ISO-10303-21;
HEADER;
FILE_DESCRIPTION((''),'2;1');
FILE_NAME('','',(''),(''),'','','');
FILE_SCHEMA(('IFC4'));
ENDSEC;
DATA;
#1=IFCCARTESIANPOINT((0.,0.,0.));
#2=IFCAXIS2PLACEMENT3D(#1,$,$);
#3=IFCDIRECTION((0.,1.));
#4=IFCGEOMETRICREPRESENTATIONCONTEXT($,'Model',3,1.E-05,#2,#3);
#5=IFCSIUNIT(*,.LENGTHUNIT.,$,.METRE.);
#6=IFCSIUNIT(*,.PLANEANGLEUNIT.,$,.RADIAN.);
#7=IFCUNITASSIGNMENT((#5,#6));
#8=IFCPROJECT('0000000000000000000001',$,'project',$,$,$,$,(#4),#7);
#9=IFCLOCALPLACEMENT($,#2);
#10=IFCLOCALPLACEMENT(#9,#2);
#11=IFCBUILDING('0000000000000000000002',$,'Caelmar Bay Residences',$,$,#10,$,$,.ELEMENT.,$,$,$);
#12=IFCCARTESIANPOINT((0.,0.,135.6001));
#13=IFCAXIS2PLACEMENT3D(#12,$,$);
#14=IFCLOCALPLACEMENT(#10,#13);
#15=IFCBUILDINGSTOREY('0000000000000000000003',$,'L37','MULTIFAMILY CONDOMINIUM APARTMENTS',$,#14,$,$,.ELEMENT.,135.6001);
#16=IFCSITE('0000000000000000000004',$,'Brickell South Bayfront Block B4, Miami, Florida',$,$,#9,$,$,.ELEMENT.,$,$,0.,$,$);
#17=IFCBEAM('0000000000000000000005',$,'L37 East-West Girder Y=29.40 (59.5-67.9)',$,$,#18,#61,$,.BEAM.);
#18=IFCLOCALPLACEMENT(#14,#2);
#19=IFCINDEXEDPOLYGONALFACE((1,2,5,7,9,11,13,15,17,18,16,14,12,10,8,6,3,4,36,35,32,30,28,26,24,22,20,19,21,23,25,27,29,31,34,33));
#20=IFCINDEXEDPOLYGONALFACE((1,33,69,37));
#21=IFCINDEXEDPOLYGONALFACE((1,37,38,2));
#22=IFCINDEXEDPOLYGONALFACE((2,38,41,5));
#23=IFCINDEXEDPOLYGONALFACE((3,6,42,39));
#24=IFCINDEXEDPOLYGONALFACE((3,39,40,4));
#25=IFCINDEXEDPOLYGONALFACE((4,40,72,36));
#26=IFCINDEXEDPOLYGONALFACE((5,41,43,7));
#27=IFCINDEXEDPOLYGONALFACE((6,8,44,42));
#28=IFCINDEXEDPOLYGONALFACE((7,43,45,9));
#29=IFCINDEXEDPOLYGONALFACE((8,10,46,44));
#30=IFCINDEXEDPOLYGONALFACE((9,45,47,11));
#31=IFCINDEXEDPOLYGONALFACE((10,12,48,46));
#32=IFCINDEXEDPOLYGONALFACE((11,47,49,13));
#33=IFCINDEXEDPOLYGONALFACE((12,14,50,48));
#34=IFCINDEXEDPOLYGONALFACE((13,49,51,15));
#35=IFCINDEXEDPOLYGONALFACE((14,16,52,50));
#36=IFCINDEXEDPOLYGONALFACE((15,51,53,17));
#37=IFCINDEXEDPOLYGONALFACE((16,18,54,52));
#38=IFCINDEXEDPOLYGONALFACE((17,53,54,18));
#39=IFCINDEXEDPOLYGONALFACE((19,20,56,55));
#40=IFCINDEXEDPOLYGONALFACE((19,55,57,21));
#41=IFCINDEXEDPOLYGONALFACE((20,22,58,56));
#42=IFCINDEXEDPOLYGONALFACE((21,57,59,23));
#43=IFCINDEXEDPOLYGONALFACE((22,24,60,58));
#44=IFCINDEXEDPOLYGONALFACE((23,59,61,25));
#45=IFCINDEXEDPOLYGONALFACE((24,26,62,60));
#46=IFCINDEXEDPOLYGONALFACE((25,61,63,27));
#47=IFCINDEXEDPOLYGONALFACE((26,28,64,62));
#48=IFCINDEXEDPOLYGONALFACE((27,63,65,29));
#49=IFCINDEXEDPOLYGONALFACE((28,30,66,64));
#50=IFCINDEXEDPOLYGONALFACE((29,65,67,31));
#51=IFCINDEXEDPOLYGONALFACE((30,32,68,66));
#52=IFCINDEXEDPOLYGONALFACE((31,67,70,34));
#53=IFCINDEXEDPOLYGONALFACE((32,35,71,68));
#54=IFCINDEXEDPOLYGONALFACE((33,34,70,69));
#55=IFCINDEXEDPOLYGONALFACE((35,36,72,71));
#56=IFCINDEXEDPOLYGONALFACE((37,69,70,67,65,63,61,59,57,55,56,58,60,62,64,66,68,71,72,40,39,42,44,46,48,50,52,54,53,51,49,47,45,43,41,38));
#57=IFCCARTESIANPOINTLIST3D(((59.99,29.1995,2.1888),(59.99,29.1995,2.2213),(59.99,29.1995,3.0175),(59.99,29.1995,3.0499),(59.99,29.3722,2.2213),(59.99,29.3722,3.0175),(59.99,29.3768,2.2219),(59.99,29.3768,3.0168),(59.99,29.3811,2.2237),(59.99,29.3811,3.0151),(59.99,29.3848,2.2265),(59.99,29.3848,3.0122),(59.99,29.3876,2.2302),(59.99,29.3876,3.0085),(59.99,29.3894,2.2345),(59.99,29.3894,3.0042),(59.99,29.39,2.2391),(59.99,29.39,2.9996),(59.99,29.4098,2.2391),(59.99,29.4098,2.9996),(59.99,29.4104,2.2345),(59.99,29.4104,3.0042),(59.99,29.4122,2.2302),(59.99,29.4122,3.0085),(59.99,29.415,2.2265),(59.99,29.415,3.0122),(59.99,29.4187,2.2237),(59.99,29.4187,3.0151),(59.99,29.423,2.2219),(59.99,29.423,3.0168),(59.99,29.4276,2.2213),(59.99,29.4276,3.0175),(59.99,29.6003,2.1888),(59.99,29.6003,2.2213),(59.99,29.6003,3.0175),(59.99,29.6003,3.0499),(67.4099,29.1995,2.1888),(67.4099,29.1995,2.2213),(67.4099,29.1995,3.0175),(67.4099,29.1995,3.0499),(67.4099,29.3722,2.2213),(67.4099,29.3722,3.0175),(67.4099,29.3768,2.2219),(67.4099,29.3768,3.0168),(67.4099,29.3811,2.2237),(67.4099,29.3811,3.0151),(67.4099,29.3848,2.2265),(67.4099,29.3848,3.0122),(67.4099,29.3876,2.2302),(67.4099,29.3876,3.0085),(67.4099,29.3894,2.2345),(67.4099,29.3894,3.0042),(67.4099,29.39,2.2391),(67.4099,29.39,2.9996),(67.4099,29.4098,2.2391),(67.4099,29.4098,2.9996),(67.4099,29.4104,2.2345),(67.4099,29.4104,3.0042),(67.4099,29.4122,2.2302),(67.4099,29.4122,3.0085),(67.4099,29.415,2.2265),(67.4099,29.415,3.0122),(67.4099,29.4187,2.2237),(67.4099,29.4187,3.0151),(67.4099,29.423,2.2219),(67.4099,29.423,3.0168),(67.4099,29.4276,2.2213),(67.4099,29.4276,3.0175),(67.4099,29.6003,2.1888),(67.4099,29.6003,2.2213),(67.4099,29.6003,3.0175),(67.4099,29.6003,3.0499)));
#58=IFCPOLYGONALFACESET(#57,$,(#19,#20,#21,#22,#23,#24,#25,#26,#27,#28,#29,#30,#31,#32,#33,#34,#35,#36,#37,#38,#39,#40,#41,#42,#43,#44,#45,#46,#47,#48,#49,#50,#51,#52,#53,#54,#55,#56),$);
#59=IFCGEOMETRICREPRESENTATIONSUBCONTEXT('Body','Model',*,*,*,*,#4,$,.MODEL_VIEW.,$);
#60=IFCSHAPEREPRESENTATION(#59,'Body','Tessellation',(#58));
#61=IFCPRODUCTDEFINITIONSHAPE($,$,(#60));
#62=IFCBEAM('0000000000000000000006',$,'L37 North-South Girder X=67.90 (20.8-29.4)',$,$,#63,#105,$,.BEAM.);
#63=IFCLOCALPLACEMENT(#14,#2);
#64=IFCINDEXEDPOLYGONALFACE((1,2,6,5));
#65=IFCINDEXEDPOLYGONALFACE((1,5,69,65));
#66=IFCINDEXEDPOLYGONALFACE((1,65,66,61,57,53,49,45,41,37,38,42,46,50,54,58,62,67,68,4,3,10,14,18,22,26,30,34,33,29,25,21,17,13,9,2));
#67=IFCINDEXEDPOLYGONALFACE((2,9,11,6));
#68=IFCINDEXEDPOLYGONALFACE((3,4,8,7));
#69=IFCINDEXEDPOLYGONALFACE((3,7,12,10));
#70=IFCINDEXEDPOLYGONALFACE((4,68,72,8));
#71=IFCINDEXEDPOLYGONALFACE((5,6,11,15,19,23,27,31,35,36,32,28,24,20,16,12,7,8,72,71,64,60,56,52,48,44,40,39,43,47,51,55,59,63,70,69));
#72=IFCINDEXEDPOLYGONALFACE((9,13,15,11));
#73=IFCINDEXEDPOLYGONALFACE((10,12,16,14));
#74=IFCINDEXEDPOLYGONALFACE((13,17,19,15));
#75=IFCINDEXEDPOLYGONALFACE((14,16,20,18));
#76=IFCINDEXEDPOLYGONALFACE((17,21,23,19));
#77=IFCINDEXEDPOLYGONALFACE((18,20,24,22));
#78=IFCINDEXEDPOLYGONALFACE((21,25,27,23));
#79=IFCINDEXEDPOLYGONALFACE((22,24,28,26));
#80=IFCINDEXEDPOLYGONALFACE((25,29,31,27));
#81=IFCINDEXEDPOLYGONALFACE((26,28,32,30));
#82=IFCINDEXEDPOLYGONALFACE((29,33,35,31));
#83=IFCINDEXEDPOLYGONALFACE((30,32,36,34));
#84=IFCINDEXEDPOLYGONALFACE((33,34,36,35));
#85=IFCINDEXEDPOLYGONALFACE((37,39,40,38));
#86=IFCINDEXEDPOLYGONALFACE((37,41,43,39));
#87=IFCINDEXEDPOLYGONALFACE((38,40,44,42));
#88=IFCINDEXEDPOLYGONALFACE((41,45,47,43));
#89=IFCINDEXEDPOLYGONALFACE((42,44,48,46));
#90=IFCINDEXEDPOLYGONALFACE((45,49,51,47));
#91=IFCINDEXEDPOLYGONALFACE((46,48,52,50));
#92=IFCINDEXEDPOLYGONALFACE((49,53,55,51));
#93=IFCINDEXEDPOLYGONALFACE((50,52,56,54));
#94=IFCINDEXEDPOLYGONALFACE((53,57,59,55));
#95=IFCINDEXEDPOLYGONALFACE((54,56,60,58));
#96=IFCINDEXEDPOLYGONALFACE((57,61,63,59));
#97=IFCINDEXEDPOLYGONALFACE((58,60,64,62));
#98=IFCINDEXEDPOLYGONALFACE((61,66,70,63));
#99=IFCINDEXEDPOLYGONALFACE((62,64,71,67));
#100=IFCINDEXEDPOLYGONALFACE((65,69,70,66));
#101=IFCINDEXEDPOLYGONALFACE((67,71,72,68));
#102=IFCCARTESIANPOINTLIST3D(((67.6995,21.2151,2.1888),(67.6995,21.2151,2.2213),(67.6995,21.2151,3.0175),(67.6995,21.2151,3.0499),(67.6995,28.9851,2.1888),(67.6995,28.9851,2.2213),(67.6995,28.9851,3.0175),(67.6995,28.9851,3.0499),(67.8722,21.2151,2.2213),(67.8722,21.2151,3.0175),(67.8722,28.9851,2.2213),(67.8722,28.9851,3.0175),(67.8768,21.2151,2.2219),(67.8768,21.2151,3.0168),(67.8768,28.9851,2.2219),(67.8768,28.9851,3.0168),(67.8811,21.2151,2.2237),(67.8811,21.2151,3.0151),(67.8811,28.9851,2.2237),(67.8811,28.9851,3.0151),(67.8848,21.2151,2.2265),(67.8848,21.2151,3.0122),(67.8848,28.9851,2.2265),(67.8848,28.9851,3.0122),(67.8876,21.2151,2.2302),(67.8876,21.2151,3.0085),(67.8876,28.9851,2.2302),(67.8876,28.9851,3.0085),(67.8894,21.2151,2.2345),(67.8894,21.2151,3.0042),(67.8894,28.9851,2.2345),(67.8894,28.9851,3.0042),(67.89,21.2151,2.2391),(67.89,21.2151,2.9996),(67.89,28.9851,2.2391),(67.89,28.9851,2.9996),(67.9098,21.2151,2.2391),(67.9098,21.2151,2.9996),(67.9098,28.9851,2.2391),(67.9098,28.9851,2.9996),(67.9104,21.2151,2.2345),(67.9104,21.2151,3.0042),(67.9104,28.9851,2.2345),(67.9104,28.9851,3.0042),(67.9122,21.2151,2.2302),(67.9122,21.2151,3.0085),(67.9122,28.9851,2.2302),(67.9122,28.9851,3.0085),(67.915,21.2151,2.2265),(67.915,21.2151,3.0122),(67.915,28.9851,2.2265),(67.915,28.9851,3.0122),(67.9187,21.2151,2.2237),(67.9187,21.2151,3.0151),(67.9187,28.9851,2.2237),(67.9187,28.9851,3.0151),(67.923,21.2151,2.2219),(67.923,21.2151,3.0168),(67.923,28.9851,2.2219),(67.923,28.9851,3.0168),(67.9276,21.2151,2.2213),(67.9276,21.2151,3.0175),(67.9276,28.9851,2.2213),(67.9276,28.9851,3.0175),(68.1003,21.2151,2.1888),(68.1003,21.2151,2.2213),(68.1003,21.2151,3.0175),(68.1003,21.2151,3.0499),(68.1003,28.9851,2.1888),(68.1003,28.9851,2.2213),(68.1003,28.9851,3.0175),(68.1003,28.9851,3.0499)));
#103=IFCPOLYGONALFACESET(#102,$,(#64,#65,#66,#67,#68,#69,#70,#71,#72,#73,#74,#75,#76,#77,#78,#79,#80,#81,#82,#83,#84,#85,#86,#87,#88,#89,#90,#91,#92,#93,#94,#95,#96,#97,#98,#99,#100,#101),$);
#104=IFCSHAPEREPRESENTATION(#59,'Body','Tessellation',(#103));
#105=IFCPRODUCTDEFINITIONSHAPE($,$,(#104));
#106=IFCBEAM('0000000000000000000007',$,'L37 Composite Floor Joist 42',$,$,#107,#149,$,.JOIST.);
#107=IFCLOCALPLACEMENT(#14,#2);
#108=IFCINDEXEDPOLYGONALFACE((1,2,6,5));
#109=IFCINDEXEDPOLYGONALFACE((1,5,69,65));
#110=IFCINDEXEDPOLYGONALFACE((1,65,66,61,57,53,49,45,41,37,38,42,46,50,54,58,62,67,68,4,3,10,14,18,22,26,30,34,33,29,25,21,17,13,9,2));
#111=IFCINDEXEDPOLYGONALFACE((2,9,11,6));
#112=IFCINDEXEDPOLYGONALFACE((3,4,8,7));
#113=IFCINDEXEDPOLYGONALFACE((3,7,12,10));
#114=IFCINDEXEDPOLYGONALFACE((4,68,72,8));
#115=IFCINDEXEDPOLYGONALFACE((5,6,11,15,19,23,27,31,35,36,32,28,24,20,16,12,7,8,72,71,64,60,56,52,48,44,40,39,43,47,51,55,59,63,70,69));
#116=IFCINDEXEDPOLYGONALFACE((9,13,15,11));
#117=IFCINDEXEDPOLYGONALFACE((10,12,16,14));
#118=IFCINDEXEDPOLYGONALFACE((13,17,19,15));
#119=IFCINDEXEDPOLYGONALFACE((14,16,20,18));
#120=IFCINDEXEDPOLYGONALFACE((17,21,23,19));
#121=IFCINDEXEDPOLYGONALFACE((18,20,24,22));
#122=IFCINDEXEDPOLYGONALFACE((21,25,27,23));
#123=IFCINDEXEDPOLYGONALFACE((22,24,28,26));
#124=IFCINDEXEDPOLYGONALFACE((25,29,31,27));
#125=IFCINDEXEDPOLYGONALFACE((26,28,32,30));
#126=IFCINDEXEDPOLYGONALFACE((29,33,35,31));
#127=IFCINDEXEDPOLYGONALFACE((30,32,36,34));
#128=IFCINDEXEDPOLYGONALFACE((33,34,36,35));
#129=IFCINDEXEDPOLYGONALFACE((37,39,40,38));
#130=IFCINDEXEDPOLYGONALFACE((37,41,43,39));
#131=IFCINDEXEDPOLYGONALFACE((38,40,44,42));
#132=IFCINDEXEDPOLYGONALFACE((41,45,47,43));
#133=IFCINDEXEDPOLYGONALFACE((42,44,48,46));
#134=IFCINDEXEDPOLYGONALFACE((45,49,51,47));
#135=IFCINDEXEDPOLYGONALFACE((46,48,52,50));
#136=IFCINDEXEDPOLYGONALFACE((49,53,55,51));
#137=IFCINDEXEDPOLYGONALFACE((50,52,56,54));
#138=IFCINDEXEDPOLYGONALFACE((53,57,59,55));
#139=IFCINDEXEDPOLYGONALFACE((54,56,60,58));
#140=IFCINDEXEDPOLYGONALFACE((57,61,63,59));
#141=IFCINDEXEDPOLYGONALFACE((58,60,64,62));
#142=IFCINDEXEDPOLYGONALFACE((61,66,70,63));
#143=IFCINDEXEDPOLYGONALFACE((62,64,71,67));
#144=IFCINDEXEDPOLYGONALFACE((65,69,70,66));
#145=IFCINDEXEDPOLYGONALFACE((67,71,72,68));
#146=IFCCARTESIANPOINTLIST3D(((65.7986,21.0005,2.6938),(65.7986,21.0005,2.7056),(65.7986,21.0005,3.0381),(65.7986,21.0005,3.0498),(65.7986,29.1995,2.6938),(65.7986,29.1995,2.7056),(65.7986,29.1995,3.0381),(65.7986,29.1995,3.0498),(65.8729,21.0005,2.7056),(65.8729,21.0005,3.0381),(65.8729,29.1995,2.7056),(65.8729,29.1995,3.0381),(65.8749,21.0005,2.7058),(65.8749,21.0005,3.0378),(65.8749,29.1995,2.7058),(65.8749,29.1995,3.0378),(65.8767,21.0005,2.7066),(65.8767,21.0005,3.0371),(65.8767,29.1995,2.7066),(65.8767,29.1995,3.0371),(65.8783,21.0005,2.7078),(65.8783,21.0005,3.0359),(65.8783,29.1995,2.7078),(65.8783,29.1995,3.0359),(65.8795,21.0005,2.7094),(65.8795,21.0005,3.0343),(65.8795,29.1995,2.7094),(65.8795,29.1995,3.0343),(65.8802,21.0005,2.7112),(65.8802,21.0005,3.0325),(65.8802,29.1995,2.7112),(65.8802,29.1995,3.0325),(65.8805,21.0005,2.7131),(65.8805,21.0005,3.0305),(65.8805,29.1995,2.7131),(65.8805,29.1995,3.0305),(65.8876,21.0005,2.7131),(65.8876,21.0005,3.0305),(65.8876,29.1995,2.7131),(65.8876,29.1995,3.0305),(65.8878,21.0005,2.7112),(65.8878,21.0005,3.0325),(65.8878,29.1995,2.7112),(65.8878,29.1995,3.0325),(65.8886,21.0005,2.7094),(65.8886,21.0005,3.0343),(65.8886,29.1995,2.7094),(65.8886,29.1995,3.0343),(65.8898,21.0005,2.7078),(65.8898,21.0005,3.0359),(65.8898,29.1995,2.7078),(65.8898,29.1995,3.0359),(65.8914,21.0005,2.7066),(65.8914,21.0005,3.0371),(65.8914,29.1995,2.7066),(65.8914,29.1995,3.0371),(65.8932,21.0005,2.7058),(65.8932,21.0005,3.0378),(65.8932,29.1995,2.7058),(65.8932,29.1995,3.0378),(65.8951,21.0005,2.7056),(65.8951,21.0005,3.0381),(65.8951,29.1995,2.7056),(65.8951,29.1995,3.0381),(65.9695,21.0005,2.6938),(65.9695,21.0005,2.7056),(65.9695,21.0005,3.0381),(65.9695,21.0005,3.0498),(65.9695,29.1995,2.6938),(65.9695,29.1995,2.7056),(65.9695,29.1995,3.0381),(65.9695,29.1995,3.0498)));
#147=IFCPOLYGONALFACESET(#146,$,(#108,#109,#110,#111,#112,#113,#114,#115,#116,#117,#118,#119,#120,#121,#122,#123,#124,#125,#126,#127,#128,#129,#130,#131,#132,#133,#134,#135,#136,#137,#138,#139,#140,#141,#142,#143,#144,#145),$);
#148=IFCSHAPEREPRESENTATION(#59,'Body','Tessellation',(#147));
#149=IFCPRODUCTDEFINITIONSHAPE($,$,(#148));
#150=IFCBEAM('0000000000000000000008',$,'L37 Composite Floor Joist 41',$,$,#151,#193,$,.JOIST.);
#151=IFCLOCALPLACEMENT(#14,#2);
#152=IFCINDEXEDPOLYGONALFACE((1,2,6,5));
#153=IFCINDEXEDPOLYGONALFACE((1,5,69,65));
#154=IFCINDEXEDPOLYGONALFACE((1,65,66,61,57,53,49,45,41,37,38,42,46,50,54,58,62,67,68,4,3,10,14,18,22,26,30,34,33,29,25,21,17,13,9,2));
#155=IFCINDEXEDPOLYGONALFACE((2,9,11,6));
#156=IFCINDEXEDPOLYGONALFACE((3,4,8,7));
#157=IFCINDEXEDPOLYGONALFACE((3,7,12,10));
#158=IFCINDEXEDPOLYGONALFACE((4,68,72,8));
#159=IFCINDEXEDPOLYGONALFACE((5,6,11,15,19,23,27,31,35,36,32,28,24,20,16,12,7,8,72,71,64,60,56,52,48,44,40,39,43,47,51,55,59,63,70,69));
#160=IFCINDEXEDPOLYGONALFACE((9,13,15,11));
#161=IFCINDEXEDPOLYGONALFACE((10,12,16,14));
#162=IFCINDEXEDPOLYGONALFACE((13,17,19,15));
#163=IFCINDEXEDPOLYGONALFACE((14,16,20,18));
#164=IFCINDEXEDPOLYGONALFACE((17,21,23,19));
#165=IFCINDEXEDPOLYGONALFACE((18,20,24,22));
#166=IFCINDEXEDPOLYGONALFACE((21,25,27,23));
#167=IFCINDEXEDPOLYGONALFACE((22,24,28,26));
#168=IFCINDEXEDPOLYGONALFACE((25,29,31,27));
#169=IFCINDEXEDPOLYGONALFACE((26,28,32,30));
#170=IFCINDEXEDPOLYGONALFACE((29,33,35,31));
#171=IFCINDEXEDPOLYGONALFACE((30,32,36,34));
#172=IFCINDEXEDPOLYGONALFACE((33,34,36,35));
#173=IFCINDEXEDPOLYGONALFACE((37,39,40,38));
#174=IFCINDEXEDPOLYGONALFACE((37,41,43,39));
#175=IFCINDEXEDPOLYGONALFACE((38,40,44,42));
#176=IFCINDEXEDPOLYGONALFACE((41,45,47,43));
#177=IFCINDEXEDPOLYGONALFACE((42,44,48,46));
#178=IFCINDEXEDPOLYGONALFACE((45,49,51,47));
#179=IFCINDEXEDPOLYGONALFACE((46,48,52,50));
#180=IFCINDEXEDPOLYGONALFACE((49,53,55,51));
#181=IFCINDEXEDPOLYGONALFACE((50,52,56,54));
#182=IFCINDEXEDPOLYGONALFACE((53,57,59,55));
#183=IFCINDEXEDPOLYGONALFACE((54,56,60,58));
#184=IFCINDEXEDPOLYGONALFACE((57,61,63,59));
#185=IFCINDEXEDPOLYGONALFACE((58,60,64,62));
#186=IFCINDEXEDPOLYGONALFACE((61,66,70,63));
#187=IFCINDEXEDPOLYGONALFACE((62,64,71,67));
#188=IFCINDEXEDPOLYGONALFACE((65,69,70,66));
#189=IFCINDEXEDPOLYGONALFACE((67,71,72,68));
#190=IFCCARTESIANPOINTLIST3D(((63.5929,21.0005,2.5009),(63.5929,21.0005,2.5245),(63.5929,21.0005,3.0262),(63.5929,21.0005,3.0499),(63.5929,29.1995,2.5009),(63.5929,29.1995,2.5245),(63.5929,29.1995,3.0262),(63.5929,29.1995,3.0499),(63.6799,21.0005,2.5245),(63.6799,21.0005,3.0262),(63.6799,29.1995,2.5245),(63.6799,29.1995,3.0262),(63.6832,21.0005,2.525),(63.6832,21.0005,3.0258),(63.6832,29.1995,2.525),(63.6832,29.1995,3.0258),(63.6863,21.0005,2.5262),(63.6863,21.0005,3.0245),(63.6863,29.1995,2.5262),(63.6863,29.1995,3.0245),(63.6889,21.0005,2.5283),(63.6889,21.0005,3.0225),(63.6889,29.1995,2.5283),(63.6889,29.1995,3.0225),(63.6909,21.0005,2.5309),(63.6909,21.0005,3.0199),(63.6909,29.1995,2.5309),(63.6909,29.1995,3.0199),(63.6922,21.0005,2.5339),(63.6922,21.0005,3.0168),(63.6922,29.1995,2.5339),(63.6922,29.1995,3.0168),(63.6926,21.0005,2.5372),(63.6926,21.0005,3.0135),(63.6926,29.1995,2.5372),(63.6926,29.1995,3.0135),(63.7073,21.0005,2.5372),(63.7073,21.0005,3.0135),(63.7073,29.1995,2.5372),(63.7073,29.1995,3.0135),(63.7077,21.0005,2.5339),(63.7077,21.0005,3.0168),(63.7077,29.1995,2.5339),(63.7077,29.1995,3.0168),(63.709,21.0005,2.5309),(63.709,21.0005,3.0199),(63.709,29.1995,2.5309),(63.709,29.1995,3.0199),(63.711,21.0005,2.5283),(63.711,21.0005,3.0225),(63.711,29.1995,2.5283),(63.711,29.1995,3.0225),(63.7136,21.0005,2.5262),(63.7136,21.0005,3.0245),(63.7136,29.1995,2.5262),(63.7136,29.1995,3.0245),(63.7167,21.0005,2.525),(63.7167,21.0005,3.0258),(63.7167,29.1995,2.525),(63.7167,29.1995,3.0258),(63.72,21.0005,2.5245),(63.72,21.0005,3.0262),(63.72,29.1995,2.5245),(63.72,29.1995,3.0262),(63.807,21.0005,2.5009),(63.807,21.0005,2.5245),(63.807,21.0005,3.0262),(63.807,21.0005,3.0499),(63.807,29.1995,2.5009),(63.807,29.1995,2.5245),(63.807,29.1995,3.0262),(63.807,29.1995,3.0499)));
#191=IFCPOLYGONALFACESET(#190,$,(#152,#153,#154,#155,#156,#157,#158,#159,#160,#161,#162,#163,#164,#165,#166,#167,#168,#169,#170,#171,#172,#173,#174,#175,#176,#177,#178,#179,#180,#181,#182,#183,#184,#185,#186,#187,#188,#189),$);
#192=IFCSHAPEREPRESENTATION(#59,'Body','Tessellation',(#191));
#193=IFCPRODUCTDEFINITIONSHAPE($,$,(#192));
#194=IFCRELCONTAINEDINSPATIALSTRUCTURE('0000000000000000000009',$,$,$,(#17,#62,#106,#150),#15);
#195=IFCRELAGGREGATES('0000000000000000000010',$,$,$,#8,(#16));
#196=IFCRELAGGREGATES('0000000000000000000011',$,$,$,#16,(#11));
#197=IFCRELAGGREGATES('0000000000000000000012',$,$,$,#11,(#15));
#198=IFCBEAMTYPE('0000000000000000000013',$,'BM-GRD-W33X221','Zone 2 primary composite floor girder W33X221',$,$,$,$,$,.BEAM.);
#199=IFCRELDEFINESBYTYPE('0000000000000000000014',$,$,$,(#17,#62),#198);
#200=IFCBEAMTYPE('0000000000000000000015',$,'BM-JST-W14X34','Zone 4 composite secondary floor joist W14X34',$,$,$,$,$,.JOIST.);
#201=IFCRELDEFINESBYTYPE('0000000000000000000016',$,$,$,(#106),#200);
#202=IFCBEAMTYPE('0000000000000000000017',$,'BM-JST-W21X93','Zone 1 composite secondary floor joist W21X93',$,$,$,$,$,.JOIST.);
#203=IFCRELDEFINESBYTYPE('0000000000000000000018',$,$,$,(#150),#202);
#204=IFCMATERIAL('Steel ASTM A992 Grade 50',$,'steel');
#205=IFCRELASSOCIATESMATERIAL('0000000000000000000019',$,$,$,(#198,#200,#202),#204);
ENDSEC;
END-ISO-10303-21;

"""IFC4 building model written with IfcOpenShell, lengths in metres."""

from ifc_helpers import new_model, si_unit, direction, frame, origin, origin_2d, place, context, subcontext, project, spatial, i_section, extrude, material, material_profile, profile_set, type_object, element, save


model = new_model("IFC4")

# Units and contexts
model_context = context("Model", 3, precision=1e-05, world=origin(), true_north=direction((0.0, 1.0)))
body_context = subcontext(model_context, "Body", "Model", "MODEL_VIEW")
ifc_project = project(units=[si_unit("LENGTHUNIT", "METRE"), si_unit("PLANEANGLEUNIT", "RADIAN")], contexts=[model_context])

# Site, building, storey
site_placement = place(None, origin())
site = spatial("IfcSite", under=ifc_project, at=site_placement, Name="Brickell South Bayfront Block B4, Miami, Florida", CompositionType="ELEMENT", RefElevation=0.0)
building_placement = place(site_placement, origin())
building = spatial("IfcBuilding", under=site, at=building_placement, Name="Caelmar Bay Residences", CompositionType="ELEMENT")
storey_placement = place(building_placement, frame((0.0, 0.0, 135.6001)))
storey = spatial("IfcBuildingStorey", under=building, at=storey_placement, Name="L37", Description="MULTIFAMILY CONDOMINIUM APARTMENTS", CompositionType="ELEMENT", Elevation=135.6001)

# Beams
ifc_material_1 = material(Name="Steel ASTM A992 Grade 50", Category="steel")
ifc_material_profile_1 = material_profile(ifc_material_1, i_section(OverallWidth=0.4009, OverallDepth=0.8611, WebThickness=0.0198, FlangeThickness=0.0325, FilletRadius=0.0178, at=origin_2d()), Name="W33X221")
ifc_profile_set_1 = profile_set([ifc_material_profile_1], Name="Steel ASTM A992 Grade 50")
beam_type_1 = type_object("IfcBeamType", Name="BM-GRD-W33X221", Description="Zone 2 primary composite floor girder W33X221", PredefinedType="BEAM", material=ifc_profile_set_1)
beam_1_placement = place(storey_placement, frame((59.99, 29.3999, 2.6194), z_axis=(1.0, 0.0, 0.0), x_axis=(0.0, 1.0, 0.0)))
element("IfcBeam", 1, at=beam_1_placement, inside=storey, type_object=beam_type_1, Name="L37 East-West Girder Y=29.40 (59.5-67.9)", PredefinedType="BEAM", context=body_context, shape_type="SweptSolid", body=[
    extrude(i_section(OverallWidth=0.4009, OverallDepth=0.8611, WebThickness=0.0198, FlangeThickness=0.0325, FilletRadius=0.0178, at=origin_2d()), origin(), (0.0, 0.0, 1.0), 7.4199),
])
beam_2_placement = place(storey_placement, frame((67.8999, 21.2151, 2.6194), z_axis=(0.0, 1.0, 0.0), x_axis=(-1.0, 0.0, 0.0)))
element("IfcBeam", 2, at=beam_2_placement, inside=storey, type_object=beam_type_1, Name="L37 North-South Girder X=67.90 (20.8-29.4)", PredefinedType="BEAM", context=body_context, shape_type="SweptSolid", body=[
    extrude(i_section(OverallWidth=0.4009, OverallDepth=0.8611, WebThickness=0.0198, FlangeThickness=0.0325, FilletRadius=0.0178, at=origin_2d()), origin(), (0.0, 0.0, 1.0), 7.77),
])
ifc_material_profile_2 = material_profile(ifc_material_1, i_section(OverallWidth=0.1709, OverallDepth=0.356, WebThickness=0.0071, FlangeThickness=0.0117, FilletRadius=0.0076, at=origin_2d()), Name="W14X34")
ifc_profile_set_2 = profile_set([ifc_material_profile_2], Name="Steel ASTM A992 Grade 50")
beam_type_2 = type_object("IfcBeamType", Name="BM-JST-W14X34", Description="Zone 4 composite secondary floor joist W14X34", PredefinedType="JOIST", material=ifc_profile_set_2)
beam_3_placement = place(storey_placement, frame((65.884, 21.0005, 2.8718), z_axis=(0.0, 1.0, 0.0), x_axis=(-1.0, 0.0, 0.0)))
element("IfcBeam", 3, at=beam_3_placement, inside=storey, type_object=beam_type_2, Name="L37 Composite Floor Joist 42", PredefinedType="JOIST", context=body_context, shape_type="SweptSolid", body=[
    extrude(i_section(OverallWidth=0.1709, OverallDepth=0.356, WebThickness=0.0071, FlangeThickness=0.0117, FilletRadius=0.0076, at=origin_2d()), origin(), (0.0, 0.0, 1.0), 8.199),
])
ifc_material_profile_3 = material_profile(ifc_material_1, i_section(OverallWidth=0.2141, OverallDepth=0.5491, WebThickness=0.0146, FlangeThickness=0.0237, FilletRadius=0.0127, at=origin_2d()), Name="W21X93")
ifc_profile_set_3 = profile_set([ifc_material_profile_3], Name="Steel ASTM A992 Grade 50")
beam_type_3 = type_object("IfcBeamType", Name="BM-JST-W21X93", Description="Zone 1 composite secondary floor joist W21X93", PredefinedType="JOIST", material=ifc_profile_set_3)
beam_4_placement = place(storey_placement, frame((63.7, 21.0005, 2.7754), z_axis=(0.0, 1.0, 0.0), x_axis=(-1.0, 0.0, 0.0)))
element("IfcBeam", 4, at=beam_4_placement, inside=storey, type_object=beam_type_3, Name="L37 Composite Floor Joist 41", PredefinedType="JOIST", context=body_context, shape_type="SweptSolid", body=[
    extrude(i_section(OverallWidth=0.2141, OverallDepth=0.5491, WebThickness=0.0146, FlangeThickness=0.0237, FilletRadius=0.0127, at=origin_2d()), origin(), (0.0, 0.0, 1.0), 8.199),
])

save(model, "model.ifc")
